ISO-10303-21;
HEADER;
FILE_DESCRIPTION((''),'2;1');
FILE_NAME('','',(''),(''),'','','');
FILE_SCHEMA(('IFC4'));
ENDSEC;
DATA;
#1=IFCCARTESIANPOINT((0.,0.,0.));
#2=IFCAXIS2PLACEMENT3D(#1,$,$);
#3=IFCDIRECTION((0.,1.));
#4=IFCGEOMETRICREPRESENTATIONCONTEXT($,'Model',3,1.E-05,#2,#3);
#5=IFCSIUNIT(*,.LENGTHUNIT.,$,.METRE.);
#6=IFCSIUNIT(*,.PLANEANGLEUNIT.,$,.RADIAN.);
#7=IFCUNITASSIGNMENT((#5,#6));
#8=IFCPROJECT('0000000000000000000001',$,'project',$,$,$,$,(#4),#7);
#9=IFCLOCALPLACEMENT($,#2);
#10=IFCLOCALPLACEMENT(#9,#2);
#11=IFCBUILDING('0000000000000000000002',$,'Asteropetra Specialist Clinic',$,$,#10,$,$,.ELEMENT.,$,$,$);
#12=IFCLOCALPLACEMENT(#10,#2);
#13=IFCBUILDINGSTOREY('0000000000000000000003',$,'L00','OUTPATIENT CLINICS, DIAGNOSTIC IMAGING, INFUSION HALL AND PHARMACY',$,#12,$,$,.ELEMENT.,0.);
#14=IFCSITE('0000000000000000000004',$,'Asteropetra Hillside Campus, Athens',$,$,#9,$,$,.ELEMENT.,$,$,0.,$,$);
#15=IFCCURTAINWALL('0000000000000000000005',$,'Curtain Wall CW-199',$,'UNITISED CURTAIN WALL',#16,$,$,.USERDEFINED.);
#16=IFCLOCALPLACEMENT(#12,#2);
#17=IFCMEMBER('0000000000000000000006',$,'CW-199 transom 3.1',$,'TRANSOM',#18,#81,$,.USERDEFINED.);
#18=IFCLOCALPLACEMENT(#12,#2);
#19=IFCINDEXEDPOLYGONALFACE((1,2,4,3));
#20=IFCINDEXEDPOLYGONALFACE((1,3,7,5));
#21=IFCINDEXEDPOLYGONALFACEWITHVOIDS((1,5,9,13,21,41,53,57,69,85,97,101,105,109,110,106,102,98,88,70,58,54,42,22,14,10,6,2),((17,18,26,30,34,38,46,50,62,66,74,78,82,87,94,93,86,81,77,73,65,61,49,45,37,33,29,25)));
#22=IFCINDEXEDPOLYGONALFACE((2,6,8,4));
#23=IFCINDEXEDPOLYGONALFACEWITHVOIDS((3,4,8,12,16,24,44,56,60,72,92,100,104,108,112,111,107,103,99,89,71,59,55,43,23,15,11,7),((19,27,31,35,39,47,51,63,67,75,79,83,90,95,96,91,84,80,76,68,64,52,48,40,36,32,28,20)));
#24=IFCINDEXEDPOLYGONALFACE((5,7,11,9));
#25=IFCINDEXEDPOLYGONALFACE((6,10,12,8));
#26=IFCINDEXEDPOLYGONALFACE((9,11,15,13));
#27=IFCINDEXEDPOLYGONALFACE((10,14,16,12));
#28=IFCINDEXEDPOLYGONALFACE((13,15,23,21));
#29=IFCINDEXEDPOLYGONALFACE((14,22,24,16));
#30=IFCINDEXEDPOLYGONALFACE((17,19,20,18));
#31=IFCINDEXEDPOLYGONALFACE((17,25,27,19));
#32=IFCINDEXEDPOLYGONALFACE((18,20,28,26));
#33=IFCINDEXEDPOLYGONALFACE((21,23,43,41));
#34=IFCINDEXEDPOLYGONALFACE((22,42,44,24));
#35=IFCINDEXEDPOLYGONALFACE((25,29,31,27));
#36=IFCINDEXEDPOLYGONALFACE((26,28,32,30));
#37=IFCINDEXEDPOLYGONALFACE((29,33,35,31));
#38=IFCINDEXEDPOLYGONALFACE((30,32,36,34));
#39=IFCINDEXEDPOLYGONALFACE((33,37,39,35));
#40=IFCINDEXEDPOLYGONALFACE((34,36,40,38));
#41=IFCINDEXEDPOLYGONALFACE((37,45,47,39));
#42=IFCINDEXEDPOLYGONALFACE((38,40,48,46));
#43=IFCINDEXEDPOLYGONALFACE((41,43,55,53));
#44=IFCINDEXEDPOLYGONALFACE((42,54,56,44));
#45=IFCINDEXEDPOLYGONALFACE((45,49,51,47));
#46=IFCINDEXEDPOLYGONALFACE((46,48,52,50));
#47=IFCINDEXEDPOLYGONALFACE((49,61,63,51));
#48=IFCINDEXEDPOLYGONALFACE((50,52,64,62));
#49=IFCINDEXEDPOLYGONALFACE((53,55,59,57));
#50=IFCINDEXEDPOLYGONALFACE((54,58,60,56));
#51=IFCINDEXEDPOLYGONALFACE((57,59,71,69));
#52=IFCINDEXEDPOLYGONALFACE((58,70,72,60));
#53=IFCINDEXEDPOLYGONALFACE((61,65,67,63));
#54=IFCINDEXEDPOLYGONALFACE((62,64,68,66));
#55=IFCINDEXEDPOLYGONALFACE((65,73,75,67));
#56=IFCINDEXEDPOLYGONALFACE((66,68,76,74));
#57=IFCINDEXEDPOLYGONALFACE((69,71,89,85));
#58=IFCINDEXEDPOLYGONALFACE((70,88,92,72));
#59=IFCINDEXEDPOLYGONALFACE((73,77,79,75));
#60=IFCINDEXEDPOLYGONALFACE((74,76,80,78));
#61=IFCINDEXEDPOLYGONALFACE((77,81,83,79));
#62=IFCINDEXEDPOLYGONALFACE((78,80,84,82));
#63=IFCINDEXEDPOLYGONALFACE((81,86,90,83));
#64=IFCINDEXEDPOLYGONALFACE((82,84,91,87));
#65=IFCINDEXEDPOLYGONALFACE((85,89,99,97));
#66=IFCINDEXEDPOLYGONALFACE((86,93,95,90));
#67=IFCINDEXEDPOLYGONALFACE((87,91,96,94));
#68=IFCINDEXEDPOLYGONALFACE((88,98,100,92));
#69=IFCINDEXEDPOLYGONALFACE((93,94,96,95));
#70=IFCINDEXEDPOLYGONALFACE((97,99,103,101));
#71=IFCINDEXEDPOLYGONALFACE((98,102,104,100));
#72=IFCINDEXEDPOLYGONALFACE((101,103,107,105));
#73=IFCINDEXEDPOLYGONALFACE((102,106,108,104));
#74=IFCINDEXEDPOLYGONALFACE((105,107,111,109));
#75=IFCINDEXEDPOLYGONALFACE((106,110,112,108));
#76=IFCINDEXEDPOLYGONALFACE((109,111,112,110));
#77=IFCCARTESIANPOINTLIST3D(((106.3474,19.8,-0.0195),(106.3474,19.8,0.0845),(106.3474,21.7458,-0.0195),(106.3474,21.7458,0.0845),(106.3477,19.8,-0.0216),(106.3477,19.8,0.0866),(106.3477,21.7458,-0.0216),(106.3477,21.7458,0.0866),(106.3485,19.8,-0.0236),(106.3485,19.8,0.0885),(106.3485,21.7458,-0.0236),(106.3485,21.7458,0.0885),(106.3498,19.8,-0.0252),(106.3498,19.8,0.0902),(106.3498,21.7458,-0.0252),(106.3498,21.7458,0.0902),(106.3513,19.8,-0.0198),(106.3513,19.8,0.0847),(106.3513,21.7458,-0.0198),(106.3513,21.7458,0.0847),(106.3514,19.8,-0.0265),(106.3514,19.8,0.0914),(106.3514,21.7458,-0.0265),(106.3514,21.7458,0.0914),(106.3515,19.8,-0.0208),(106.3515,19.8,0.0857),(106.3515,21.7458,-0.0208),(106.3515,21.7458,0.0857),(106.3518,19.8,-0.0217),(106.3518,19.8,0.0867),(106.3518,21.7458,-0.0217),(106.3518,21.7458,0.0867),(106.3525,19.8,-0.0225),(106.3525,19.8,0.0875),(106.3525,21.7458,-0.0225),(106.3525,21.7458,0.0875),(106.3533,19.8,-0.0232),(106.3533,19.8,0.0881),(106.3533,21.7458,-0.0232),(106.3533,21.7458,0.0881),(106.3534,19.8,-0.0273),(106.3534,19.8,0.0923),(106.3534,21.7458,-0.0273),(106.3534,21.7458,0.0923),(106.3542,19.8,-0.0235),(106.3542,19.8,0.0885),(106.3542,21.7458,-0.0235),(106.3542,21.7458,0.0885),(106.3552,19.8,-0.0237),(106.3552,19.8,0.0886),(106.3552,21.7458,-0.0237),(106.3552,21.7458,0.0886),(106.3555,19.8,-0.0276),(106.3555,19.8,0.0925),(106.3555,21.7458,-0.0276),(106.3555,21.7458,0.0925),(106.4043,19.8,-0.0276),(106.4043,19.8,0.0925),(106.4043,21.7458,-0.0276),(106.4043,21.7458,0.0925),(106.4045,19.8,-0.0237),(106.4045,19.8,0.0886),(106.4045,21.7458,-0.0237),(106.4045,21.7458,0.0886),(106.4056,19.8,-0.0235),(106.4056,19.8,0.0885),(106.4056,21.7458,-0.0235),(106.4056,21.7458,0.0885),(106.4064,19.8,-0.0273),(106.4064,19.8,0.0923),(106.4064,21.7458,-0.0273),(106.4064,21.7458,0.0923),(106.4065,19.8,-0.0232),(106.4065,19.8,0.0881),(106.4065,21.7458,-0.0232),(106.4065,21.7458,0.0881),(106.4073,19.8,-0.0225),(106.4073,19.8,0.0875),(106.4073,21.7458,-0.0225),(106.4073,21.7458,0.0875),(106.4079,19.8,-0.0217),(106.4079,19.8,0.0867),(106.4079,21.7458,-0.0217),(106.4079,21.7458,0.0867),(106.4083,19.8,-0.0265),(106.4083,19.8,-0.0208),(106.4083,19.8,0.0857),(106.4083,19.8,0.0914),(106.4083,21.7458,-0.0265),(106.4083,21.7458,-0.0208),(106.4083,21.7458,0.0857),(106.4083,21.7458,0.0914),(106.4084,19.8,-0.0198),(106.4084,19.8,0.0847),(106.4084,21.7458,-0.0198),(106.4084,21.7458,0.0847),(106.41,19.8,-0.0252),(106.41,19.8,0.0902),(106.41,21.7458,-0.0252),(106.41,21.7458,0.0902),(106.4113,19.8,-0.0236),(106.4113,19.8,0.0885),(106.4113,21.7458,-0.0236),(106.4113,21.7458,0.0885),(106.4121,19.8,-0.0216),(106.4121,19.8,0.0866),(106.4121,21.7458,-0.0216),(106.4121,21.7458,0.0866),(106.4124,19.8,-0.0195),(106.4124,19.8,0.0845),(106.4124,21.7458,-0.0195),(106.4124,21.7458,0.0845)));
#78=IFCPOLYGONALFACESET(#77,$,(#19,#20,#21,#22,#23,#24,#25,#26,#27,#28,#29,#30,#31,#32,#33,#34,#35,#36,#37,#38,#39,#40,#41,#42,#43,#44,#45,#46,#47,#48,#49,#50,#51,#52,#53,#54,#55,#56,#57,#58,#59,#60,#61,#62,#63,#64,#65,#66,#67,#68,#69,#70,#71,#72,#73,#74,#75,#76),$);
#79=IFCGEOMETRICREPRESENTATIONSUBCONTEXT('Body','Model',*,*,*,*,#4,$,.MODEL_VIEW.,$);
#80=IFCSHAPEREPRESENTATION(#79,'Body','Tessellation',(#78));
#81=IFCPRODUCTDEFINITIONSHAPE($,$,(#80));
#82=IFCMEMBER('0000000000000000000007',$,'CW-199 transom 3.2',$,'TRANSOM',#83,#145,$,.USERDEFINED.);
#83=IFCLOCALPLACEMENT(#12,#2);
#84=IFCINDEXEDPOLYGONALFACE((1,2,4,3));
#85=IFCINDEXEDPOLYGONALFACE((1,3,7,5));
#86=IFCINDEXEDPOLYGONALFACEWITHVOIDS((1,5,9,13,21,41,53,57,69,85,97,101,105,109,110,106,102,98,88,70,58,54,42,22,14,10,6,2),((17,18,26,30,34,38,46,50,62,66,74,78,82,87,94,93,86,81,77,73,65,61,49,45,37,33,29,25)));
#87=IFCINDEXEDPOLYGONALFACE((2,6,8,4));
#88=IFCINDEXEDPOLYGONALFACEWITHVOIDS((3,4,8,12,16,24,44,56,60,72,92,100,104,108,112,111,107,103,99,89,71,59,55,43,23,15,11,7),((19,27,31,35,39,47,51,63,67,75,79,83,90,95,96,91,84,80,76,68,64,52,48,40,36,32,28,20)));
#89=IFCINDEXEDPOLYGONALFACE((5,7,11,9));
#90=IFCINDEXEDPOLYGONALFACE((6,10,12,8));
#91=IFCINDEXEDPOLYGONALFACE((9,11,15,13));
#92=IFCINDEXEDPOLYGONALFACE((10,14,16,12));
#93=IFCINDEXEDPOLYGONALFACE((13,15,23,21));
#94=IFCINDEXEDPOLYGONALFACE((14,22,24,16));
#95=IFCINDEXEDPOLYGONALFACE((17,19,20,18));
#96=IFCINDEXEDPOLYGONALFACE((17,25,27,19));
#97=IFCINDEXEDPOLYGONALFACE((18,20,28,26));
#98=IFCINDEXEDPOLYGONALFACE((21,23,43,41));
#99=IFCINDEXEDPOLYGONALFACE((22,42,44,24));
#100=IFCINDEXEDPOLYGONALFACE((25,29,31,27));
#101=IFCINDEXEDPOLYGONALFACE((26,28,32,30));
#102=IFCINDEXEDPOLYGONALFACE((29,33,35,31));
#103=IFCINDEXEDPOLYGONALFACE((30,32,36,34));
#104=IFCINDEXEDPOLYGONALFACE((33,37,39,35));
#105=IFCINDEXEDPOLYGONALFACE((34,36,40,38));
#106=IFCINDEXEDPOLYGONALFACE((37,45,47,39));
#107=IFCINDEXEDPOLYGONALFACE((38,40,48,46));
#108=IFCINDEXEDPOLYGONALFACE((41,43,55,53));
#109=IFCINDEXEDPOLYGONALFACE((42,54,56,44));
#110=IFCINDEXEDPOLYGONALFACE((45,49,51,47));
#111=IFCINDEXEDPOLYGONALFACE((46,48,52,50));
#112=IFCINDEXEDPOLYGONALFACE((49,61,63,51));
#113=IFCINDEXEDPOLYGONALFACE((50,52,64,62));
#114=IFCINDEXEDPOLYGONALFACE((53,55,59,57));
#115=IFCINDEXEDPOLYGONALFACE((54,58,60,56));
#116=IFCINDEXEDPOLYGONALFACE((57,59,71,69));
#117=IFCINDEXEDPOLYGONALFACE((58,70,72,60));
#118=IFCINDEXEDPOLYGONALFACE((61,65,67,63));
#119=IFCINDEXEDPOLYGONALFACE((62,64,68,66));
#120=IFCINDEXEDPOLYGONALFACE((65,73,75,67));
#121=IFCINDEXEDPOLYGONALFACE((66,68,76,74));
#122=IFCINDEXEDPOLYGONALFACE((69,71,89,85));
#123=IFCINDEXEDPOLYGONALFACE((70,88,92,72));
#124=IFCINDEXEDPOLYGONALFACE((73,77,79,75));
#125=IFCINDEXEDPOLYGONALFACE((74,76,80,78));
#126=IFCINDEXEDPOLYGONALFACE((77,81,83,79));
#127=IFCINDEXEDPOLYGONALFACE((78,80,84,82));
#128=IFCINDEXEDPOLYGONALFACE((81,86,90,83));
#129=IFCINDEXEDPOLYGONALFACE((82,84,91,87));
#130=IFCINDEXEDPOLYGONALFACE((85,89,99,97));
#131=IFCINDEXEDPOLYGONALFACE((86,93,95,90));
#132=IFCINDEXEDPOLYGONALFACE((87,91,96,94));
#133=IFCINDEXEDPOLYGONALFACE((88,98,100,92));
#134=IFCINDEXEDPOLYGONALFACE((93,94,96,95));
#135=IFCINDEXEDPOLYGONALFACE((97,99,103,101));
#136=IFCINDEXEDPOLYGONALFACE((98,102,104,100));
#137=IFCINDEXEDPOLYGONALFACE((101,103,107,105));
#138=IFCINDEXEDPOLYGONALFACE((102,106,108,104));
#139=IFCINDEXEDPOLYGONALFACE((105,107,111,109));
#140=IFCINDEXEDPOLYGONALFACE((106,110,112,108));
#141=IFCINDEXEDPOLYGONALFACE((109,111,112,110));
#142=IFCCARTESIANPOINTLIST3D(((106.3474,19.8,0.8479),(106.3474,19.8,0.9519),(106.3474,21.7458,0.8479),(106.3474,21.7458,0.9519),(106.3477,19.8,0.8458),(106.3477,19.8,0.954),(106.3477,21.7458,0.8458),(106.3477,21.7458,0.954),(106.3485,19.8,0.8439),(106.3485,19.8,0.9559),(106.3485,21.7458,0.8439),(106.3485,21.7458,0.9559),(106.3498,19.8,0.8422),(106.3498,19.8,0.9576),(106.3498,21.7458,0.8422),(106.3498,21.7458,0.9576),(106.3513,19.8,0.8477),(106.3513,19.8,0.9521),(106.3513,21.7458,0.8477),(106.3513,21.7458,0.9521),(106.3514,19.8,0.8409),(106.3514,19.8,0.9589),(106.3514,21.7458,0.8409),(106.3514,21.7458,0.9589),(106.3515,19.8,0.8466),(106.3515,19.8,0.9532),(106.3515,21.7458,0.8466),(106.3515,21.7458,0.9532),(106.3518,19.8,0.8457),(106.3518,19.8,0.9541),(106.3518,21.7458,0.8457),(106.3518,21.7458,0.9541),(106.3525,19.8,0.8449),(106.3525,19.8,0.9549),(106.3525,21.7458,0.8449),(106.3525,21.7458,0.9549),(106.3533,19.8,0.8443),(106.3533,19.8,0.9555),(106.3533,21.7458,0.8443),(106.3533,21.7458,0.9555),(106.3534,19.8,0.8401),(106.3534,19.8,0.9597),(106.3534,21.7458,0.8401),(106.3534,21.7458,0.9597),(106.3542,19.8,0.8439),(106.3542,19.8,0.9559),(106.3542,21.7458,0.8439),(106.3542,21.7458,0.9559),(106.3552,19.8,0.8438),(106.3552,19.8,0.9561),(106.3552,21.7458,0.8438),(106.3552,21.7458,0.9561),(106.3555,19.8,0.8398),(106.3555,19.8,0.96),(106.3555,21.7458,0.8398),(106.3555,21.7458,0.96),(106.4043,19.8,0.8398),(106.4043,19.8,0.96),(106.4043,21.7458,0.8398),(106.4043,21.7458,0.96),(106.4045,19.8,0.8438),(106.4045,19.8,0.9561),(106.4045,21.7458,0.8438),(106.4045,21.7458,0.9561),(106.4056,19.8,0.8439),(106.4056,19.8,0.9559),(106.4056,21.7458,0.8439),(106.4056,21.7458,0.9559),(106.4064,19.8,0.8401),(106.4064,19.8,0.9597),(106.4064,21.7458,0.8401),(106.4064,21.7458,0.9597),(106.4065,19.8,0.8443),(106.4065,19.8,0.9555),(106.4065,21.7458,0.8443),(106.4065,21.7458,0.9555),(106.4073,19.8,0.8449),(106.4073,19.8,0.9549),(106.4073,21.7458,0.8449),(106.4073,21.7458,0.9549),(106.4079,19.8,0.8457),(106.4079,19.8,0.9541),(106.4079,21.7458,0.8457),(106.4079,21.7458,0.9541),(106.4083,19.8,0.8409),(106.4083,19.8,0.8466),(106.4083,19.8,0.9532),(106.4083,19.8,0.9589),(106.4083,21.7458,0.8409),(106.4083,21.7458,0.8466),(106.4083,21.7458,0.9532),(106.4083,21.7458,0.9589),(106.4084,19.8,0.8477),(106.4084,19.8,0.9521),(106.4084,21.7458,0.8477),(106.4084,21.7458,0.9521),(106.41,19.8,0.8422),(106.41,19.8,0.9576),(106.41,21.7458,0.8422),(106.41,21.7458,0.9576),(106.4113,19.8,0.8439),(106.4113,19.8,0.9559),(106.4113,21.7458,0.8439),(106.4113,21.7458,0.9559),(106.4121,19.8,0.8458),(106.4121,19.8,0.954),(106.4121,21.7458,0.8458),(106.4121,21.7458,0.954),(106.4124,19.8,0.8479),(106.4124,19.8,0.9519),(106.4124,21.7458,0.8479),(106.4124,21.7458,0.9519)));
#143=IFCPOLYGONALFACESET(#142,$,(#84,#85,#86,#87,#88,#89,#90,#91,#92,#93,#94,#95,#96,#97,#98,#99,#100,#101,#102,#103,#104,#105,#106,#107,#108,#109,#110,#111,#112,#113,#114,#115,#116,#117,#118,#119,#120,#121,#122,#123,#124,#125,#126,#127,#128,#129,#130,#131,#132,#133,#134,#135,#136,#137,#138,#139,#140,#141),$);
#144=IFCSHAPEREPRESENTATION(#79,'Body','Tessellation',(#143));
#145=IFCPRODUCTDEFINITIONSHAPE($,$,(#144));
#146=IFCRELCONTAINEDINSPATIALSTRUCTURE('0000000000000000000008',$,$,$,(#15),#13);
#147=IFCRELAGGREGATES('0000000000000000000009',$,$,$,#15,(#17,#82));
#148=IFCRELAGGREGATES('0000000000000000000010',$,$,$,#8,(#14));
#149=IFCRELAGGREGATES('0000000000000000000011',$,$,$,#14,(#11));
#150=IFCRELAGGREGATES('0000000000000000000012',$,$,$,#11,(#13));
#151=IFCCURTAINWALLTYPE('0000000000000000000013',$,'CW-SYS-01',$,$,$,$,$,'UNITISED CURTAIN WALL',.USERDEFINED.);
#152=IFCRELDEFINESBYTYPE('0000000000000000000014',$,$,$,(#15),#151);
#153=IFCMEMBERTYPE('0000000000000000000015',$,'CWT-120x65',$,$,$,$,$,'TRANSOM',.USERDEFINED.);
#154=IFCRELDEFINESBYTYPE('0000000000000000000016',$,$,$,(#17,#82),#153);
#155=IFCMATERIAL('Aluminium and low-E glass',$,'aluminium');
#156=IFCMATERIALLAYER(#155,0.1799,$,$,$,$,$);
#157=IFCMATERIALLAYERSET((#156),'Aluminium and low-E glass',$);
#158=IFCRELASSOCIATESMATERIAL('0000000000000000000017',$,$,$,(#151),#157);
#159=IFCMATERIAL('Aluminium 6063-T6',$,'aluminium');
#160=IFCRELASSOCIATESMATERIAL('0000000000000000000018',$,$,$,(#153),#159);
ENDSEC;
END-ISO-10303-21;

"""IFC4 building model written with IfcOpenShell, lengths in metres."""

from ifc_helpers import new_model, si_unit, direction, frame, origin, origin_2d, place, context, subcontext, project, spatial, hollow_rectangle, extrude, material, layer, layer_set, material_profile, profile_set, type_object, element, aggregate, save


model = new_model("IFC4")

# Units and contexts
model_context = context("Model", 3, precision=1e-05, world=origin(), true_north=direction((0.0, 1.0)))
body_context = subcontext(model_context, "Body", "Model", "MODEL_VIEW")
ifc_project = project(units=[si_unit("LENGTHUNIT", "METRE"), si_unit("PLANEANGLEUNIT", "RADIAN")], contexts=[model_context])

# Site, building, storey
site_placement = place(None, origin())
site = spatial("IfcSite", under=ifc_project, at=site_placement, Name="Asteropetra Hillside Campus, Athens", CompositionType="ELEMENT", RefElevation=0.0)
building_placement = place(site_placement, origin())
building = spatial("IfcBuilding", under=site, at=building_placement, Name="Asteropetra Specialist Clinic", CompositionType="ELEMENT")
storey_placement = place(building_placement, origin())
storey = spatial("IfcBuildingStorey", under=building, at=storey_placement, Name="L00", Description="OUTPATIENT CLINICS, DIAGNOSTIC IMAGING, INFUSION HALL AND PHARMACY", CompositionType="ELEMENT", Elevation=0.0)

# Curtain wall, members
ifc_material_1 = material(Name="Aluminium and low-E glass", Category="aluminium")
ifc_layer_1 = layer(ifc_material_1, 0.1799)
ifc_layer_set_1 = layer_set([ifc_layer_1], Name="Aluminium and low-E glass")
curtain_wall_type = type_object("IfcCurtainWallType", Name="CW-SYS-01", ElementType="UNITISED CURTAIN WALL", PredefinedType="USERDEFINED", material=ifc_layer_set_1)
curtain_wall_placement = place(storey_placement, origin())
curtain_wall = element("IfcCurtainWall", 1, at=curtain_wall_placement, inside=storey, type_object=curtain_wall_type, Name="Curtain Wall CW-199", ObjectType="UNITISED CURTAIN WALL", PredefinedType="USERDEFINED")
ifc_material_2 = material(Name="Aluminium 6063-T6", Category="aluminium")
ifc_material_profile_1 = material_profile(ifc_material_2, hollow_rectangle(XDim=0.0649, YDim=0.1201, WallThickness=0.0039, InnerFilletRadius=0.0039, OuterFilletRadius=0.0081, at=origin_2d()), Name="TRN 120x65x4.0")
ifc_profile_set_1 = profile_set([ifc_material_profile_1], Name="Aluminium 6063-T6")
member_type_1 = type_object("IfcMemberType", Name="CWT-120x65", ElementType="TRANSOM", PredefinedType="USERDEFINED", material=ifc_profile_set_1)
member_1_placement = place(storey_placement, frame((106.3799, 21.7458, 0.0325), z_axis=(0.0, -1.0, 0.0), x_axis=(1.0, 0.0, 0.0)))
member_1 = element("IfcMember", 2, at=member_1_placement, type_object=member_type_1, Name="CW-199 transom 3.1", ObjectType="TRANSOM", PredefinedType="USERDEFINED", context=body_context, shape_type="SweptSolid", body=[
    extrude(hollow_rectangle(XDim=0.0649, YDim=0.1201, WallThickness=0.0039, InnerFilletRadius=0.0039, OuterFilletRadius=0.0081, at=origin_2d()), origin(), (0.0, 0.0, 1.0), 1.9458),
])
member_2_placement = place(storey_placement, frame((106.3799, 21.7458, 0.8999), z_axis=(0.0, -1.0, 0.0), x_axis=(1.0, 0.0, 0.0)))
member_2 = element("IfcMember", 3, at=member_2_placement, type_object=member_type_1, Name="CW-199 transom 3.2", ObjectType="TRANSOM", PredefinedType="USERDEFINED", context=body_context, shape_type="SweptSolid", body=[
    extrude(hollow_rectangle(XDim=0.0649, YDim=0.1201, WallThickness=0.0039, InnerFilletRadius=0.0039, OuterFilletRadius=0.0081, at=origin_2d()), origin(), (0.0, 0.0, 1.0), 1.9458),
])
aggregate(curtain_wall, [member_1, member_2])

save(model, "model.ifc")
